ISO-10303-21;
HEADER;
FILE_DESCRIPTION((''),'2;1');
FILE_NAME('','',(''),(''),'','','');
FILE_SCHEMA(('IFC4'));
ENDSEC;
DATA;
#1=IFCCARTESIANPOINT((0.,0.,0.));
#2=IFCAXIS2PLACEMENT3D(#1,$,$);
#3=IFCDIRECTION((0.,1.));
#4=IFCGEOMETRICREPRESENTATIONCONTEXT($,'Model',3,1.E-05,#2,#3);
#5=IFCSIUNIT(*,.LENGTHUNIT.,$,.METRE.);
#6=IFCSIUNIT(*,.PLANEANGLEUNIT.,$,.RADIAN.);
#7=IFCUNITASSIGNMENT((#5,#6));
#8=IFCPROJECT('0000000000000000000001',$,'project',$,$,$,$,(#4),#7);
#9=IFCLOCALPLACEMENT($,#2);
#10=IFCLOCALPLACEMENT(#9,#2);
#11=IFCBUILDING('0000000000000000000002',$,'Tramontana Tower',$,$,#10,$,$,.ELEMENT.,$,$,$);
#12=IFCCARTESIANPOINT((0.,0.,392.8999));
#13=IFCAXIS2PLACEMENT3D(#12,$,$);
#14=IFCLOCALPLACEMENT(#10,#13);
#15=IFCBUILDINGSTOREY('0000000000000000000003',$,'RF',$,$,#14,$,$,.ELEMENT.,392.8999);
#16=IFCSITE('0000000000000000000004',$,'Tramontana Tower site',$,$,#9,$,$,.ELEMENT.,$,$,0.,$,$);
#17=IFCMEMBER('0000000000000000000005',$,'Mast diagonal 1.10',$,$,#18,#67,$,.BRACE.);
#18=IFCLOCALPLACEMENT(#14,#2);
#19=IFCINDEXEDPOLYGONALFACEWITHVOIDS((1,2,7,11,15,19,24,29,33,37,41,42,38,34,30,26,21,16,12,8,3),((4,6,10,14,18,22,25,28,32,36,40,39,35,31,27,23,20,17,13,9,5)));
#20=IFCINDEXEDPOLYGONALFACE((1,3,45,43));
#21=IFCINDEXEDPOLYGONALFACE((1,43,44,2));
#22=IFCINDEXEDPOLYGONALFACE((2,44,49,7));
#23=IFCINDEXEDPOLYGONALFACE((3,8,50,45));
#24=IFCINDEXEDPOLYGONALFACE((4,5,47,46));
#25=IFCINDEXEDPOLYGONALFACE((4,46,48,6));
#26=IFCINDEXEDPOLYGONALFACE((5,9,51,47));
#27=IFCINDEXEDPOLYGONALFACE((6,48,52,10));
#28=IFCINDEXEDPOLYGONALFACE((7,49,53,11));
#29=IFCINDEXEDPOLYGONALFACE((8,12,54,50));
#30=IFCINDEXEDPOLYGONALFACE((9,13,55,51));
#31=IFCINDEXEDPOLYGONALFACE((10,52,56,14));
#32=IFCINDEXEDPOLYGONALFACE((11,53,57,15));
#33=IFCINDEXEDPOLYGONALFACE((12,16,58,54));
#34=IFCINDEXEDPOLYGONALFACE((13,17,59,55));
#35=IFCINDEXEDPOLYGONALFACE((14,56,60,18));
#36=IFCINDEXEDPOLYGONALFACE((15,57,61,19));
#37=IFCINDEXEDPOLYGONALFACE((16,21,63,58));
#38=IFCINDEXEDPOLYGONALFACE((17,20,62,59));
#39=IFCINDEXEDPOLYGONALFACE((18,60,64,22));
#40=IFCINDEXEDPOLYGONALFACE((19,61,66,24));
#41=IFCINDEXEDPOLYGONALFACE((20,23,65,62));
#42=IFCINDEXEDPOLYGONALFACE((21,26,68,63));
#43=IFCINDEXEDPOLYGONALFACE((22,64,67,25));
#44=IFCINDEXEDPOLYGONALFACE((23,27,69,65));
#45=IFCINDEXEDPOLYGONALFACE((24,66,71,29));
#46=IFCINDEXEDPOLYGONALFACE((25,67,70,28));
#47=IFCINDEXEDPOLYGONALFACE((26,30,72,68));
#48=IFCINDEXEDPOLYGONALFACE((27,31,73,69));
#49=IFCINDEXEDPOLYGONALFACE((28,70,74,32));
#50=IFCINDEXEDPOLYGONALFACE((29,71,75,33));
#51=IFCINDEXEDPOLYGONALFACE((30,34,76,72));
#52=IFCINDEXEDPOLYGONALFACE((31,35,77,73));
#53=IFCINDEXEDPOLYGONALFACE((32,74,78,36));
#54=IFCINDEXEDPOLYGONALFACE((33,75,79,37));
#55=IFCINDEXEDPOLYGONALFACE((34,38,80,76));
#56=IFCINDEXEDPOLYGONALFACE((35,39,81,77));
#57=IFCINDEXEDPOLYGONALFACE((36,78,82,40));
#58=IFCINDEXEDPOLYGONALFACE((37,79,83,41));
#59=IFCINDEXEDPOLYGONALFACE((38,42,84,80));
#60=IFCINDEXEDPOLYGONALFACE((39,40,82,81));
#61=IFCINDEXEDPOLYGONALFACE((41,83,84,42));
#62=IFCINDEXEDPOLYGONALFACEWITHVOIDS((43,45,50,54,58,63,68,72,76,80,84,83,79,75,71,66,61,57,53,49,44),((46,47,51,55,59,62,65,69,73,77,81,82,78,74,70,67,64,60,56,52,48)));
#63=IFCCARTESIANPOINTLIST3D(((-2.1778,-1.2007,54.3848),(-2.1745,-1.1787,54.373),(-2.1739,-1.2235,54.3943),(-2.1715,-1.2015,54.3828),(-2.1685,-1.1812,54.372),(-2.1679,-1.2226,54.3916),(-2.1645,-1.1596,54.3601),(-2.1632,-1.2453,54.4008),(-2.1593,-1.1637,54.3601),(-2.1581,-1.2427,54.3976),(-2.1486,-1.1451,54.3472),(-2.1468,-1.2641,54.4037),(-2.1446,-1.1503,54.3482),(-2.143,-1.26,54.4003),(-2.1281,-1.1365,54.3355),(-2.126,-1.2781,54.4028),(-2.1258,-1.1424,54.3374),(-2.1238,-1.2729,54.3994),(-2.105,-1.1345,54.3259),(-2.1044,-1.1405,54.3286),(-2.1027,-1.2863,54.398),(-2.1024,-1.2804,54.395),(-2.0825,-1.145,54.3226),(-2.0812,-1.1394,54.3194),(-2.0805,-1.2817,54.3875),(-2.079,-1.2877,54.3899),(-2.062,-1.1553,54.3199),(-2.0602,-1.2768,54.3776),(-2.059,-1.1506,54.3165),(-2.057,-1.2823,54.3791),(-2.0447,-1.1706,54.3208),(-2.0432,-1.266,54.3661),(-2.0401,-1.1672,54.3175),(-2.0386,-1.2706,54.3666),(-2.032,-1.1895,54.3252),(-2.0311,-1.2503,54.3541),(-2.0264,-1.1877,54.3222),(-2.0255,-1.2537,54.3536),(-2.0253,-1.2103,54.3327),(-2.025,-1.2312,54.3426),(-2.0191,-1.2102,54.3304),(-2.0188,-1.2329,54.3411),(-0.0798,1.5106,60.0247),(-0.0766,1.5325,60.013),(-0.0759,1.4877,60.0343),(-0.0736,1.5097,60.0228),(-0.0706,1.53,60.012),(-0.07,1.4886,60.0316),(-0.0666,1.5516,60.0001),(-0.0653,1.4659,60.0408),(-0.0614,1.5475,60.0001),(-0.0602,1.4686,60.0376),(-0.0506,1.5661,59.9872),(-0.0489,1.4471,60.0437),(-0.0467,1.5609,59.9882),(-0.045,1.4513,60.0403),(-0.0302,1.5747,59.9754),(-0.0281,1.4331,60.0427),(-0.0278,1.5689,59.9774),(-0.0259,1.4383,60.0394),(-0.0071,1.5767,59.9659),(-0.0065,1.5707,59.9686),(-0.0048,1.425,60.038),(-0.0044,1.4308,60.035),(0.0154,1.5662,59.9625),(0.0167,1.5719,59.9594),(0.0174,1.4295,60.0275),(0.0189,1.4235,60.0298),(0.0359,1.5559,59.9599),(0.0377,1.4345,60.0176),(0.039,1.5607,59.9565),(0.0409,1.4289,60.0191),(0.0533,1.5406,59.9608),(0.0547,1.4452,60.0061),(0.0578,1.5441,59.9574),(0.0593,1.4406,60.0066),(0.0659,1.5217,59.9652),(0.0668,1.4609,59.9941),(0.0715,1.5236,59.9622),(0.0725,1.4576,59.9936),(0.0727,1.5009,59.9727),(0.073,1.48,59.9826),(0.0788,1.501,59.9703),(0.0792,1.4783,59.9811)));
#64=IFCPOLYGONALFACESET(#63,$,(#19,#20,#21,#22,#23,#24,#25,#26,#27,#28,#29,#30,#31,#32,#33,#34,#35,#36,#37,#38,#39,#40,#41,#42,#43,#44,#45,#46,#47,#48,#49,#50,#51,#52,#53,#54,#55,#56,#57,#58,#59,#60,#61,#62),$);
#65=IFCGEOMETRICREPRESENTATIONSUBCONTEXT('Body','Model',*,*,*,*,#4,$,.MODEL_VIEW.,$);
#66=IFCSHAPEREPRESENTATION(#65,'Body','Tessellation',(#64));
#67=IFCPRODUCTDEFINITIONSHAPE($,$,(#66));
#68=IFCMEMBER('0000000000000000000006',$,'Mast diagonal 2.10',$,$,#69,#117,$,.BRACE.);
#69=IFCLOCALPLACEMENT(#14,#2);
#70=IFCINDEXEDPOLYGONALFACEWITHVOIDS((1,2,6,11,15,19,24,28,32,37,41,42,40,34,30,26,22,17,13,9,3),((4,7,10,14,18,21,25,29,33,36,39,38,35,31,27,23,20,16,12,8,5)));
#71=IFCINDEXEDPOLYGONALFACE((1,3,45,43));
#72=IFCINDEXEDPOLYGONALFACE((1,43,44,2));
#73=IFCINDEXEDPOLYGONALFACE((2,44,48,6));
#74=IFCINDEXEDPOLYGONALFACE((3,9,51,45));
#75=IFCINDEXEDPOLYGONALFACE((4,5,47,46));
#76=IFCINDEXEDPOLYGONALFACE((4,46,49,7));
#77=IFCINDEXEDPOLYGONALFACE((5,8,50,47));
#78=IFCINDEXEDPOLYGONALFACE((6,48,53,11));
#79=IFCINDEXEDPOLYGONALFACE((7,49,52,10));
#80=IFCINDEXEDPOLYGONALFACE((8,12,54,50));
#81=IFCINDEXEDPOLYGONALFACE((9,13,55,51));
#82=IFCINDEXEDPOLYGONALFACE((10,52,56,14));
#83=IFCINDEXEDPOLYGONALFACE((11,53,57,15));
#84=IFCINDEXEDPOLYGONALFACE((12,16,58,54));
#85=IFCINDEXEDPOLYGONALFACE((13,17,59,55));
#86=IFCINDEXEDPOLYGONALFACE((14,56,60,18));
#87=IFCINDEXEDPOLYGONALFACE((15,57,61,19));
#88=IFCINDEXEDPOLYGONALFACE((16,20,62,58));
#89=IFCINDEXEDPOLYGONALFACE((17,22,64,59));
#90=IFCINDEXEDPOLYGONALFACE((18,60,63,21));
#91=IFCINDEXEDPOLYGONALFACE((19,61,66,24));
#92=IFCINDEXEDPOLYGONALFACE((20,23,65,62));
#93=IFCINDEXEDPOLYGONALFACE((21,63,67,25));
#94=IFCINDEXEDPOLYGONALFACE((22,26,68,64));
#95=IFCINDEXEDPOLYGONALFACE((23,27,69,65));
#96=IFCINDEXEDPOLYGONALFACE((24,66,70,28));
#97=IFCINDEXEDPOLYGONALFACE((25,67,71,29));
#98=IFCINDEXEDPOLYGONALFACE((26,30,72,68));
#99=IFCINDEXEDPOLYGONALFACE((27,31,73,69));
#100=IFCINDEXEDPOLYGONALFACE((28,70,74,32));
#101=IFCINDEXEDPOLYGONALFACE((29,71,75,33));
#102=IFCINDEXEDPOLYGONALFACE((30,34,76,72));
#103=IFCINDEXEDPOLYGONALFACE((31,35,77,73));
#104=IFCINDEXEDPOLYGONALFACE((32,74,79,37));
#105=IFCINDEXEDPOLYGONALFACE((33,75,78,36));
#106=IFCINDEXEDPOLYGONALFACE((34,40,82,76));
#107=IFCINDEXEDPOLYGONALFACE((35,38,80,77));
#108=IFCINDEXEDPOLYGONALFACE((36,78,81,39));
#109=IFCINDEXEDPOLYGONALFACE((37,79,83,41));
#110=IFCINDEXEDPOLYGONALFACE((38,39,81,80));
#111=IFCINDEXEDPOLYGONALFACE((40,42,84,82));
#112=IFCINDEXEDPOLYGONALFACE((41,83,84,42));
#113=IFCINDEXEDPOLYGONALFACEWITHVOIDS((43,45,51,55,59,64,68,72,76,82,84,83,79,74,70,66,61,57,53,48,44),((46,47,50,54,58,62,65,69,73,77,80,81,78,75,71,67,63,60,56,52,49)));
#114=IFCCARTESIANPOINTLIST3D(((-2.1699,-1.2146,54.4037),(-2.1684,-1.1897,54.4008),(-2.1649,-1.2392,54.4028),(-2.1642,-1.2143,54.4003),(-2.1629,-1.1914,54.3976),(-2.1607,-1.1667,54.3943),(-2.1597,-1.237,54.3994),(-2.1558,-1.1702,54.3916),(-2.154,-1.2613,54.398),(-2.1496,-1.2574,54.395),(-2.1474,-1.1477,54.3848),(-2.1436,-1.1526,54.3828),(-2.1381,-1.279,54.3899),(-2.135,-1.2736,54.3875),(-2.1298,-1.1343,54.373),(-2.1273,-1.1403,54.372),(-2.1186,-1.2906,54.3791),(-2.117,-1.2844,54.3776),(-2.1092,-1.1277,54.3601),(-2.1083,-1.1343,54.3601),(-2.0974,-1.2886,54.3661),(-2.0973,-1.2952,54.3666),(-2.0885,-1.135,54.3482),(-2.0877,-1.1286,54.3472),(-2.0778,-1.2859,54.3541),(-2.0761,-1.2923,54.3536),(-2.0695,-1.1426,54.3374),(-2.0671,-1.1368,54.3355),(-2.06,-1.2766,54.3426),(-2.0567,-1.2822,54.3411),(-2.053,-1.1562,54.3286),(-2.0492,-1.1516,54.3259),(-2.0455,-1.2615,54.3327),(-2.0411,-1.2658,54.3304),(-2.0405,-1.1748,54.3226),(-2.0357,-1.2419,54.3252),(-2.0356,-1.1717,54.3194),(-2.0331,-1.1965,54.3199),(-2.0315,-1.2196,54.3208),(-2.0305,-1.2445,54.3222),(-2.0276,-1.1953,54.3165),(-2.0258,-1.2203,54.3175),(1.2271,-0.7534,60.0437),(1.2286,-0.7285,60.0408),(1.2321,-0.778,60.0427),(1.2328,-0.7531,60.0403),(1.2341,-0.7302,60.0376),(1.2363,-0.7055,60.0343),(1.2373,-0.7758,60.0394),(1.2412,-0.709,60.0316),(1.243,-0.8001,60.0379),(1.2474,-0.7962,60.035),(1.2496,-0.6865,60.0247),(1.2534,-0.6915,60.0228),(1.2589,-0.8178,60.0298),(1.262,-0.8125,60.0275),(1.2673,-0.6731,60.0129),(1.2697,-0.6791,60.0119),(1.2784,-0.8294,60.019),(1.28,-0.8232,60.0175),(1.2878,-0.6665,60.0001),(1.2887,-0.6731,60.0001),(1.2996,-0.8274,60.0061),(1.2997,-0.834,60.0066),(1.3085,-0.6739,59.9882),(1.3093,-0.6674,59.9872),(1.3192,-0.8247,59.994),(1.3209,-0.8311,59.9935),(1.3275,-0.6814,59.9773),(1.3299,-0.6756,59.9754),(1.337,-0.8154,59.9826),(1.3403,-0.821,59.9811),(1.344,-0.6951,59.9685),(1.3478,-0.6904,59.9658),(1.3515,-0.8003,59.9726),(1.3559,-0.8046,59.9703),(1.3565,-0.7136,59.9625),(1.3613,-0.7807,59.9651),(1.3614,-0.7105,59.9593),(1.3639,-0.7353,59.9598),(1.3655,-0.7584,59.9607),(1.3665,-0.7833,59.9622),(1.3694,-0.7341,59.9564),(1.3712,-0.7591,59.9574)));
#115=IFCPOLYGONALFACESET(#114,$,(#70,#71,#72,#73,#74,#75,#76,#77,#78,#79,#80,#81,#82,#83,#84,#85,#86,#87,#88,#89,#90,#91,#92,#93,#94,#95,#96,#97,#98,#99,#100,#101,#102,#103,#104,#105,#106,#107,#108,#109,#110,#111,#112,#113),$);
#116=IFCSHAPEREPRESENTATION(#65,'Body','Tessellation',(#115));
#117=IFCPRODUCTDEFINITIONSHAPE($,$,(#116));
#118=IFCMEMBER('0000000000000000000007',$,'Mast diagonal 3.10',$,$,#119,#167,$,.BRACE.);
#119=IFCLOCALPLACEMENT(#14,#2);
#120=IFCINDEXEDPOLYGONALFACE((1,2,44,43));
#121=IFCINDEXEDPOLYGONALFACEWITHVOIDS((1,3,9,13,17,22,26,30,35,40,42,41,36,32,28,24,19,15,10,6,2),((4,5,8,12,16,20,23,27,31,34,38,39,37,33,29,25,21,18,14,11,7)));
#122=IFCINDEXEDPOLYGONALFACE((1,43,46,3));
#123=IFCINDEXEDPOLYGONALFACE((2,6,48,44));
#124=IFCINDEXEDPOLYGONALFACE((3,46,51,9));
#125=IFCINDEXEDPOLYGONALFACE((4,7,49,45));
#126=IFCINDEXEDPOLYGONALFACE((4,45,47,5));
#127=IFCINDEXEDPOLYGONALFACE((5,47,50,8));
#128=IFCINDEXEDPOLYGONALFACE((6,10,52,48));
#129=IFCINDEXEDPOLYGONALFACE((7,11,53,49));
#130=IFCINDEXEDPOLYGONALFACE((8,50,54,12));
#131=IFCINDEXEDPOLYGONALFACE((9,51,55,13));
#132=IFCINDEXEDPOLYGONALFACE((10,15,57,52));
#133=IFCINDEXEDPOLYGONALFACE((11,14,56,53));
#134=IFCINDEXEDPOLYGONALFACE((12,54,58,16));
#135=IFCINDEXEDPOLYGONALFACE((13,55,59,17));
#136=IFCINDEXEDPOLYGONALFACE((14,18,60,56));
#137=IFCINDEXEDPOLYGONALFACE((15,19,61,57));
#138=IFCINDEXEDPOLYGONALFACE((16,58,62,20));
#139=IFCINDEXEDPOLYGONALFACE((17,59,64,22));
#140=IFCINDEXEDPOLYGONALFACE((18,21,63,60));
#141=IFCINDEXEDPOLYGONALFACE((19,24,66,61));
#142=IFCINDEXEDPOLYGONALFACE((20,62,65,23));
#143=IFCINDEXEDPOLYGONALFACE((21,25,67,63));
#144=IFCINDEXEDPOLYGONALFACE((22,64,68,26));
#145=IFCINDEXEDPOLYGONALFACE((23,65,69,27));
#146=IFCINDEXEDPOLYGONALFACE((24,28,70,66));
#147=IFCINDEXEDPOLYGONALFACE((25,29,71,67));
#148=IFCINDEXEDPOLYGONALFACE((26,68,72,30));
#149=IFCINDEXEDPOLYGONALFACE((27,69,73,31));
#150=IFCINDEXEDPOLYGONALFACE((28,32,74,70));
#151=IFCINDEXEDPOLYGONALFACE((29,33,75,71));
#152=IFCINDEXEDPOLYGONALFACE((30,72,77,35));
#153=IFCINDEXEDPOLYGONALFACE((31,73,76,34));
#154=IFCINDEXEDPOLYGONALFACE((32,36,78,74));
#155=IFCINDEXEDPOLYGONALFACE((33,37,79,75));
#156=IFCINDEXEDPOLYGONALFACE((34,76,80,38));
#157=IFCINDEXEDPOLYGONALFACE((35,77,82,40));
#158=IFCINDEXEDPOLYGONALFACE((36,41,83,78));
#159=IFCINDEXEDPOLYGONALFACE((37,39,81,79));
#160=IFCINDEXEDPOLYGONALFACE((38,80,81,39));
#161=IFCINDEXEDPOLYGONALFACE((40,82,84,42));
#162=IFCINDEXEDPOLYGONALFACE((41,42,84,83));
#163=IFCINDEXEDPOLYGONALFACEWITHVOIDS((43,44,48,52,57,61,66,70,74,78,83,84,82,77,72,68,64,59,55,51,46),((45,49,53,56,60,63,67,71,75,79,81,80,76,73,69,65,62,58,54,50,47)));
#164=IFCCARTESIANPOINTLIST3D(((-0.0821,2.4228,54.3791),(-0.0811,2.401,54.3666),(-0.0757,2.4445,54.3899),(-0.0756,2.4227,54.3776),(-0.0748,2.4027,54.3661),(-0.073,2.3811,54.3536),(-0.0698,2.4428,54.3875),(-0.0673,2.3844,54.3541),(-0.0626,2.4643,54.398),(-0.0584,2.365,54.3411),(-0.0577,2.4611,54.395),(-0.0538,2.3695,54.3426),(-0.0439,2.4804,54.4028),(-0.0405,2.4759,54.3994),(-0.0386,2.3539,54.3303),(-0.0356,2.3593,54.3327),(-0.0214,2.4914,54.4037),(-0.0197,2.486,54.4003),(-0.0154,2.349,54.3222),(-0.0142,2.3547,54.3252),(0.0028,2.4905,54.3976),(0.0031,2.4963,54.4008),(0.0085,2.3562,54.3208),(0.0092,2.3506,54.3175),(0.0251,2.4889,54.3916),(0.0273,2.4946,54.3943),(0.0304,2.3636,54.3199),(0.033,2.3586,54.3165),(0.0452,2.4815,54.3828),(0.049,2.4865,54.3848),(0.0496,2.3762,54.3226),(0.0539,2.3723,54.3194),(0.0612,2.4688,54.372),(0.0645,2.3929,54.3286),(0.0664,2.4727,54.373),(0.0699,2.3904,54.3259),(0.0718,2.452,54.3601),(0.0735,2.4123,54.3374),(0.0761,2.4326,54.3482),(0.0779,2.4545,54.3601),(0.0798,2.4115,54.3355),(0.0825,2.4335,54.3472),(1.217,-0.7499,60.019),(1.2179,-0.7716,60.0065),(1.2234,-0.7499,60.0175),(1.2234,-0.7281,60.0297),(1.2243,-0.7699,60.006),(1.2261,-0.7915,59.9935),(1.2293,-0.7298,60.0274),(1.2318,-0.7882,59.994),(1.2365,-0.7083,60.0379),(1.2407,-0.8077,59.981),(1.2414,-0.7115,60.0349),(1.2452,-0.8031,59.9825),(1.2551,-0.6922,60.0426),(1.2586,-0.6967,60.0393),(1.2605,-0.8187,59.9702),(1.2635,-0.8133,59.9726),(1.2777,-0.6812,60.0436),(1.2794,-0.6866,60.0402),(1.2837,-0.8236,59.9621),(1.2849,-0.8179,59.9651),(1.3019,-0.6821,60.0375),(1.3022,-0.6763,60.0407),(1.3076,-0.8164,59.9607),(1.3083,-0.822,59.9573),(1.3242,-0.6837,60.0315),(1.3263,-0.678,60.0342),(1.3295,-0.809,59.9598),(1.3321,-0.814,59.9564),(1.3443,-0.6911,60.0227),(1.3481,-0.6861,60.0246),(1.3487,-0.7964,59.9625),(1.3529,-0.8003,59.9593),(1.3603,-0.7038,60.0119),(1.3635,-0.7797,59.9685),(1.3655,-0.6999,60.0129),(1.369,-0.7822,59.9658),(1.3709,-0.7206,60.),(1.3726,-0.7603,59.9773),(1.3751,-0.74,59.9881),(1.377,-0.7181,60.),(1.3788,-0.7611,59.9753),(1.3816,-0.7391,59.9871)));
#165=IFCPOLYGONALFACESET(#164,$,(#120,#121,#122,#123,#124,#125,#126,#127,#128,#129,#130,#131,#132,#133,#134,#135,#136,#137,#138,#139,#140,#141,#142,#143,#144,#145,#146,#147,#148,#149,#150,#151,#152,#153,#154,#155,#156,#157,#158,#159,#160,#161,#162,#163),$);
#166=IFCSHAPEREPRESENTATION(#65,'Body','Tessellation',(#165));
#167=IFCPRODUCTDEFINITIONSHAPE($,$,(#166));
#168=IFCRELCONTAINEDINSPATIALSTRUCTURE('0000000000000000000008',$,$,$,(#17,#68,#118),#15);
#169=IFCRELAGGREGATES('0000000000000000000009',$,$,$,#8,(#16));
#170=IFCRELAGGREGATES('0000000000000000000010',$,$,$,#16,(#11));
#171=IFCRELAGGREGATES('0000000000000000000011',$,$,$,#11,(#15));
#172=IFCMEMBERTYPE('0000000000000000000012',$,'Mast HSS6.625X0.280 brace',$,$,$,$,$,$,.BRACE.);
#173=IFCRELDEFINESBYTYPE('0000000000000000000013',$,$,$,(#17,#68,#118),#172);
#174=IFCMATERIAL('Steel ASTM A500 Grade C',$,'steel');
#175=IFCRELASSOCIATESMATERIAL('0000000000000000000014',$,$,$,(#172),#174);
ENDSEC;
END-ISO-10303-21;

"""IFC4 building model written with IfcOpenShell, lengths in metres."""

from ifc_helpers import new_model, si_unit, direction, frame, origin, origin_2d, place, context, subcontext, project, spatial, hollow_circle, extrude, material, material_profile, profile_set, type_object, element, save


model = new_model("IFC4")

# Units and contexts
model_context = context("Model", 3, precision=1e-05, world=origin(), true_north=direction((0.0, 1.0)))
body_context = subcontext(model_context, "Body", "Model", "MODEL_VIEW")
ifc_project = project(units=[si_unit("LENGTHUNIT", "METRE"), si_unit("PLANEANGLEUNIT", "RADIAN")], contexts=[model_context])

# Site, building, storey
site_placement = place(None, origin())
site = spatial("IfcSite", under=ifc_project, at=site_placement, Name="Tramontana Tower site", CompositionType="ELEMENT", RefElevation=0.0)
building_placement = place(site_placement, origin())
building = spatial("IfcBuilding", under=site, at=building_placement, Name="Tramontana Tower", CompositionType="ELEMENT")
storey_placement = place(building_placement, frame((0.0, 0.0, 392.8999)))
storey = spatial("IfcBuildingStorey", under=building, at=storey_placement, Name="RF", CompositionType="ELEMENT", Elevation=392.8999)

# Members
ifc_material_1 = material(Name="Steel ASTM A500 Grade C", Category="steel")
ifc_material_profile_1 = material_profile(ifc_material_1, hollow_circle(Radius=0.0842, WallThickness=0.0066, at=origin_2d()), Name="HSS6.625X0.280")
ifc_profile_set_1 = profile_set([ifc_material_profile_1], Name="Steel ASTM A500 Grade C")
member_type_1 = type_object("IfcMemberType", Name="Mast HSS6.625X0.280 brace", PredefinedType="BRACE", material=ifc_profile_set_1)
for number, where, z_axis, x_axis, name in (
    (1, (-2.0979, -1.2112, 54.3601), (0.317863, 0.410785, 0.854528), (-0.790876, 0.611976, 0.0), "Mast diagonal 1.10"),
    (2, (-2.0979, -1.2112, 54.3601), (0.51469, 0.069876, 0.854524), (-0.134528, 0.99091, 0.0), "Mast diagonal 2.10"),
    (3, (0.0, 2.4226, 54.3601), (0.196826, -0.48069, 0.854515), (0.925426, 0.37893, 0.0), "Mast diagonal 3.10"),
):
    element("IfcMember", number, at=place(storey_placement, frame(where, z_axis=z_axis, x_axis=x_axis)), inside=storey, type_object=member_type_1, Name=name, PredefinedType="BRACE", context=body_context, shape_type="SweptSolid", body=[
        extrude(hollow_circle(Radius=0.0842, WallThickness=0.0066, at=origin_2d()), origin(), (0.0, 0.0, 1.0), 6.6001),
    ])

save(model, "model.ifc")
